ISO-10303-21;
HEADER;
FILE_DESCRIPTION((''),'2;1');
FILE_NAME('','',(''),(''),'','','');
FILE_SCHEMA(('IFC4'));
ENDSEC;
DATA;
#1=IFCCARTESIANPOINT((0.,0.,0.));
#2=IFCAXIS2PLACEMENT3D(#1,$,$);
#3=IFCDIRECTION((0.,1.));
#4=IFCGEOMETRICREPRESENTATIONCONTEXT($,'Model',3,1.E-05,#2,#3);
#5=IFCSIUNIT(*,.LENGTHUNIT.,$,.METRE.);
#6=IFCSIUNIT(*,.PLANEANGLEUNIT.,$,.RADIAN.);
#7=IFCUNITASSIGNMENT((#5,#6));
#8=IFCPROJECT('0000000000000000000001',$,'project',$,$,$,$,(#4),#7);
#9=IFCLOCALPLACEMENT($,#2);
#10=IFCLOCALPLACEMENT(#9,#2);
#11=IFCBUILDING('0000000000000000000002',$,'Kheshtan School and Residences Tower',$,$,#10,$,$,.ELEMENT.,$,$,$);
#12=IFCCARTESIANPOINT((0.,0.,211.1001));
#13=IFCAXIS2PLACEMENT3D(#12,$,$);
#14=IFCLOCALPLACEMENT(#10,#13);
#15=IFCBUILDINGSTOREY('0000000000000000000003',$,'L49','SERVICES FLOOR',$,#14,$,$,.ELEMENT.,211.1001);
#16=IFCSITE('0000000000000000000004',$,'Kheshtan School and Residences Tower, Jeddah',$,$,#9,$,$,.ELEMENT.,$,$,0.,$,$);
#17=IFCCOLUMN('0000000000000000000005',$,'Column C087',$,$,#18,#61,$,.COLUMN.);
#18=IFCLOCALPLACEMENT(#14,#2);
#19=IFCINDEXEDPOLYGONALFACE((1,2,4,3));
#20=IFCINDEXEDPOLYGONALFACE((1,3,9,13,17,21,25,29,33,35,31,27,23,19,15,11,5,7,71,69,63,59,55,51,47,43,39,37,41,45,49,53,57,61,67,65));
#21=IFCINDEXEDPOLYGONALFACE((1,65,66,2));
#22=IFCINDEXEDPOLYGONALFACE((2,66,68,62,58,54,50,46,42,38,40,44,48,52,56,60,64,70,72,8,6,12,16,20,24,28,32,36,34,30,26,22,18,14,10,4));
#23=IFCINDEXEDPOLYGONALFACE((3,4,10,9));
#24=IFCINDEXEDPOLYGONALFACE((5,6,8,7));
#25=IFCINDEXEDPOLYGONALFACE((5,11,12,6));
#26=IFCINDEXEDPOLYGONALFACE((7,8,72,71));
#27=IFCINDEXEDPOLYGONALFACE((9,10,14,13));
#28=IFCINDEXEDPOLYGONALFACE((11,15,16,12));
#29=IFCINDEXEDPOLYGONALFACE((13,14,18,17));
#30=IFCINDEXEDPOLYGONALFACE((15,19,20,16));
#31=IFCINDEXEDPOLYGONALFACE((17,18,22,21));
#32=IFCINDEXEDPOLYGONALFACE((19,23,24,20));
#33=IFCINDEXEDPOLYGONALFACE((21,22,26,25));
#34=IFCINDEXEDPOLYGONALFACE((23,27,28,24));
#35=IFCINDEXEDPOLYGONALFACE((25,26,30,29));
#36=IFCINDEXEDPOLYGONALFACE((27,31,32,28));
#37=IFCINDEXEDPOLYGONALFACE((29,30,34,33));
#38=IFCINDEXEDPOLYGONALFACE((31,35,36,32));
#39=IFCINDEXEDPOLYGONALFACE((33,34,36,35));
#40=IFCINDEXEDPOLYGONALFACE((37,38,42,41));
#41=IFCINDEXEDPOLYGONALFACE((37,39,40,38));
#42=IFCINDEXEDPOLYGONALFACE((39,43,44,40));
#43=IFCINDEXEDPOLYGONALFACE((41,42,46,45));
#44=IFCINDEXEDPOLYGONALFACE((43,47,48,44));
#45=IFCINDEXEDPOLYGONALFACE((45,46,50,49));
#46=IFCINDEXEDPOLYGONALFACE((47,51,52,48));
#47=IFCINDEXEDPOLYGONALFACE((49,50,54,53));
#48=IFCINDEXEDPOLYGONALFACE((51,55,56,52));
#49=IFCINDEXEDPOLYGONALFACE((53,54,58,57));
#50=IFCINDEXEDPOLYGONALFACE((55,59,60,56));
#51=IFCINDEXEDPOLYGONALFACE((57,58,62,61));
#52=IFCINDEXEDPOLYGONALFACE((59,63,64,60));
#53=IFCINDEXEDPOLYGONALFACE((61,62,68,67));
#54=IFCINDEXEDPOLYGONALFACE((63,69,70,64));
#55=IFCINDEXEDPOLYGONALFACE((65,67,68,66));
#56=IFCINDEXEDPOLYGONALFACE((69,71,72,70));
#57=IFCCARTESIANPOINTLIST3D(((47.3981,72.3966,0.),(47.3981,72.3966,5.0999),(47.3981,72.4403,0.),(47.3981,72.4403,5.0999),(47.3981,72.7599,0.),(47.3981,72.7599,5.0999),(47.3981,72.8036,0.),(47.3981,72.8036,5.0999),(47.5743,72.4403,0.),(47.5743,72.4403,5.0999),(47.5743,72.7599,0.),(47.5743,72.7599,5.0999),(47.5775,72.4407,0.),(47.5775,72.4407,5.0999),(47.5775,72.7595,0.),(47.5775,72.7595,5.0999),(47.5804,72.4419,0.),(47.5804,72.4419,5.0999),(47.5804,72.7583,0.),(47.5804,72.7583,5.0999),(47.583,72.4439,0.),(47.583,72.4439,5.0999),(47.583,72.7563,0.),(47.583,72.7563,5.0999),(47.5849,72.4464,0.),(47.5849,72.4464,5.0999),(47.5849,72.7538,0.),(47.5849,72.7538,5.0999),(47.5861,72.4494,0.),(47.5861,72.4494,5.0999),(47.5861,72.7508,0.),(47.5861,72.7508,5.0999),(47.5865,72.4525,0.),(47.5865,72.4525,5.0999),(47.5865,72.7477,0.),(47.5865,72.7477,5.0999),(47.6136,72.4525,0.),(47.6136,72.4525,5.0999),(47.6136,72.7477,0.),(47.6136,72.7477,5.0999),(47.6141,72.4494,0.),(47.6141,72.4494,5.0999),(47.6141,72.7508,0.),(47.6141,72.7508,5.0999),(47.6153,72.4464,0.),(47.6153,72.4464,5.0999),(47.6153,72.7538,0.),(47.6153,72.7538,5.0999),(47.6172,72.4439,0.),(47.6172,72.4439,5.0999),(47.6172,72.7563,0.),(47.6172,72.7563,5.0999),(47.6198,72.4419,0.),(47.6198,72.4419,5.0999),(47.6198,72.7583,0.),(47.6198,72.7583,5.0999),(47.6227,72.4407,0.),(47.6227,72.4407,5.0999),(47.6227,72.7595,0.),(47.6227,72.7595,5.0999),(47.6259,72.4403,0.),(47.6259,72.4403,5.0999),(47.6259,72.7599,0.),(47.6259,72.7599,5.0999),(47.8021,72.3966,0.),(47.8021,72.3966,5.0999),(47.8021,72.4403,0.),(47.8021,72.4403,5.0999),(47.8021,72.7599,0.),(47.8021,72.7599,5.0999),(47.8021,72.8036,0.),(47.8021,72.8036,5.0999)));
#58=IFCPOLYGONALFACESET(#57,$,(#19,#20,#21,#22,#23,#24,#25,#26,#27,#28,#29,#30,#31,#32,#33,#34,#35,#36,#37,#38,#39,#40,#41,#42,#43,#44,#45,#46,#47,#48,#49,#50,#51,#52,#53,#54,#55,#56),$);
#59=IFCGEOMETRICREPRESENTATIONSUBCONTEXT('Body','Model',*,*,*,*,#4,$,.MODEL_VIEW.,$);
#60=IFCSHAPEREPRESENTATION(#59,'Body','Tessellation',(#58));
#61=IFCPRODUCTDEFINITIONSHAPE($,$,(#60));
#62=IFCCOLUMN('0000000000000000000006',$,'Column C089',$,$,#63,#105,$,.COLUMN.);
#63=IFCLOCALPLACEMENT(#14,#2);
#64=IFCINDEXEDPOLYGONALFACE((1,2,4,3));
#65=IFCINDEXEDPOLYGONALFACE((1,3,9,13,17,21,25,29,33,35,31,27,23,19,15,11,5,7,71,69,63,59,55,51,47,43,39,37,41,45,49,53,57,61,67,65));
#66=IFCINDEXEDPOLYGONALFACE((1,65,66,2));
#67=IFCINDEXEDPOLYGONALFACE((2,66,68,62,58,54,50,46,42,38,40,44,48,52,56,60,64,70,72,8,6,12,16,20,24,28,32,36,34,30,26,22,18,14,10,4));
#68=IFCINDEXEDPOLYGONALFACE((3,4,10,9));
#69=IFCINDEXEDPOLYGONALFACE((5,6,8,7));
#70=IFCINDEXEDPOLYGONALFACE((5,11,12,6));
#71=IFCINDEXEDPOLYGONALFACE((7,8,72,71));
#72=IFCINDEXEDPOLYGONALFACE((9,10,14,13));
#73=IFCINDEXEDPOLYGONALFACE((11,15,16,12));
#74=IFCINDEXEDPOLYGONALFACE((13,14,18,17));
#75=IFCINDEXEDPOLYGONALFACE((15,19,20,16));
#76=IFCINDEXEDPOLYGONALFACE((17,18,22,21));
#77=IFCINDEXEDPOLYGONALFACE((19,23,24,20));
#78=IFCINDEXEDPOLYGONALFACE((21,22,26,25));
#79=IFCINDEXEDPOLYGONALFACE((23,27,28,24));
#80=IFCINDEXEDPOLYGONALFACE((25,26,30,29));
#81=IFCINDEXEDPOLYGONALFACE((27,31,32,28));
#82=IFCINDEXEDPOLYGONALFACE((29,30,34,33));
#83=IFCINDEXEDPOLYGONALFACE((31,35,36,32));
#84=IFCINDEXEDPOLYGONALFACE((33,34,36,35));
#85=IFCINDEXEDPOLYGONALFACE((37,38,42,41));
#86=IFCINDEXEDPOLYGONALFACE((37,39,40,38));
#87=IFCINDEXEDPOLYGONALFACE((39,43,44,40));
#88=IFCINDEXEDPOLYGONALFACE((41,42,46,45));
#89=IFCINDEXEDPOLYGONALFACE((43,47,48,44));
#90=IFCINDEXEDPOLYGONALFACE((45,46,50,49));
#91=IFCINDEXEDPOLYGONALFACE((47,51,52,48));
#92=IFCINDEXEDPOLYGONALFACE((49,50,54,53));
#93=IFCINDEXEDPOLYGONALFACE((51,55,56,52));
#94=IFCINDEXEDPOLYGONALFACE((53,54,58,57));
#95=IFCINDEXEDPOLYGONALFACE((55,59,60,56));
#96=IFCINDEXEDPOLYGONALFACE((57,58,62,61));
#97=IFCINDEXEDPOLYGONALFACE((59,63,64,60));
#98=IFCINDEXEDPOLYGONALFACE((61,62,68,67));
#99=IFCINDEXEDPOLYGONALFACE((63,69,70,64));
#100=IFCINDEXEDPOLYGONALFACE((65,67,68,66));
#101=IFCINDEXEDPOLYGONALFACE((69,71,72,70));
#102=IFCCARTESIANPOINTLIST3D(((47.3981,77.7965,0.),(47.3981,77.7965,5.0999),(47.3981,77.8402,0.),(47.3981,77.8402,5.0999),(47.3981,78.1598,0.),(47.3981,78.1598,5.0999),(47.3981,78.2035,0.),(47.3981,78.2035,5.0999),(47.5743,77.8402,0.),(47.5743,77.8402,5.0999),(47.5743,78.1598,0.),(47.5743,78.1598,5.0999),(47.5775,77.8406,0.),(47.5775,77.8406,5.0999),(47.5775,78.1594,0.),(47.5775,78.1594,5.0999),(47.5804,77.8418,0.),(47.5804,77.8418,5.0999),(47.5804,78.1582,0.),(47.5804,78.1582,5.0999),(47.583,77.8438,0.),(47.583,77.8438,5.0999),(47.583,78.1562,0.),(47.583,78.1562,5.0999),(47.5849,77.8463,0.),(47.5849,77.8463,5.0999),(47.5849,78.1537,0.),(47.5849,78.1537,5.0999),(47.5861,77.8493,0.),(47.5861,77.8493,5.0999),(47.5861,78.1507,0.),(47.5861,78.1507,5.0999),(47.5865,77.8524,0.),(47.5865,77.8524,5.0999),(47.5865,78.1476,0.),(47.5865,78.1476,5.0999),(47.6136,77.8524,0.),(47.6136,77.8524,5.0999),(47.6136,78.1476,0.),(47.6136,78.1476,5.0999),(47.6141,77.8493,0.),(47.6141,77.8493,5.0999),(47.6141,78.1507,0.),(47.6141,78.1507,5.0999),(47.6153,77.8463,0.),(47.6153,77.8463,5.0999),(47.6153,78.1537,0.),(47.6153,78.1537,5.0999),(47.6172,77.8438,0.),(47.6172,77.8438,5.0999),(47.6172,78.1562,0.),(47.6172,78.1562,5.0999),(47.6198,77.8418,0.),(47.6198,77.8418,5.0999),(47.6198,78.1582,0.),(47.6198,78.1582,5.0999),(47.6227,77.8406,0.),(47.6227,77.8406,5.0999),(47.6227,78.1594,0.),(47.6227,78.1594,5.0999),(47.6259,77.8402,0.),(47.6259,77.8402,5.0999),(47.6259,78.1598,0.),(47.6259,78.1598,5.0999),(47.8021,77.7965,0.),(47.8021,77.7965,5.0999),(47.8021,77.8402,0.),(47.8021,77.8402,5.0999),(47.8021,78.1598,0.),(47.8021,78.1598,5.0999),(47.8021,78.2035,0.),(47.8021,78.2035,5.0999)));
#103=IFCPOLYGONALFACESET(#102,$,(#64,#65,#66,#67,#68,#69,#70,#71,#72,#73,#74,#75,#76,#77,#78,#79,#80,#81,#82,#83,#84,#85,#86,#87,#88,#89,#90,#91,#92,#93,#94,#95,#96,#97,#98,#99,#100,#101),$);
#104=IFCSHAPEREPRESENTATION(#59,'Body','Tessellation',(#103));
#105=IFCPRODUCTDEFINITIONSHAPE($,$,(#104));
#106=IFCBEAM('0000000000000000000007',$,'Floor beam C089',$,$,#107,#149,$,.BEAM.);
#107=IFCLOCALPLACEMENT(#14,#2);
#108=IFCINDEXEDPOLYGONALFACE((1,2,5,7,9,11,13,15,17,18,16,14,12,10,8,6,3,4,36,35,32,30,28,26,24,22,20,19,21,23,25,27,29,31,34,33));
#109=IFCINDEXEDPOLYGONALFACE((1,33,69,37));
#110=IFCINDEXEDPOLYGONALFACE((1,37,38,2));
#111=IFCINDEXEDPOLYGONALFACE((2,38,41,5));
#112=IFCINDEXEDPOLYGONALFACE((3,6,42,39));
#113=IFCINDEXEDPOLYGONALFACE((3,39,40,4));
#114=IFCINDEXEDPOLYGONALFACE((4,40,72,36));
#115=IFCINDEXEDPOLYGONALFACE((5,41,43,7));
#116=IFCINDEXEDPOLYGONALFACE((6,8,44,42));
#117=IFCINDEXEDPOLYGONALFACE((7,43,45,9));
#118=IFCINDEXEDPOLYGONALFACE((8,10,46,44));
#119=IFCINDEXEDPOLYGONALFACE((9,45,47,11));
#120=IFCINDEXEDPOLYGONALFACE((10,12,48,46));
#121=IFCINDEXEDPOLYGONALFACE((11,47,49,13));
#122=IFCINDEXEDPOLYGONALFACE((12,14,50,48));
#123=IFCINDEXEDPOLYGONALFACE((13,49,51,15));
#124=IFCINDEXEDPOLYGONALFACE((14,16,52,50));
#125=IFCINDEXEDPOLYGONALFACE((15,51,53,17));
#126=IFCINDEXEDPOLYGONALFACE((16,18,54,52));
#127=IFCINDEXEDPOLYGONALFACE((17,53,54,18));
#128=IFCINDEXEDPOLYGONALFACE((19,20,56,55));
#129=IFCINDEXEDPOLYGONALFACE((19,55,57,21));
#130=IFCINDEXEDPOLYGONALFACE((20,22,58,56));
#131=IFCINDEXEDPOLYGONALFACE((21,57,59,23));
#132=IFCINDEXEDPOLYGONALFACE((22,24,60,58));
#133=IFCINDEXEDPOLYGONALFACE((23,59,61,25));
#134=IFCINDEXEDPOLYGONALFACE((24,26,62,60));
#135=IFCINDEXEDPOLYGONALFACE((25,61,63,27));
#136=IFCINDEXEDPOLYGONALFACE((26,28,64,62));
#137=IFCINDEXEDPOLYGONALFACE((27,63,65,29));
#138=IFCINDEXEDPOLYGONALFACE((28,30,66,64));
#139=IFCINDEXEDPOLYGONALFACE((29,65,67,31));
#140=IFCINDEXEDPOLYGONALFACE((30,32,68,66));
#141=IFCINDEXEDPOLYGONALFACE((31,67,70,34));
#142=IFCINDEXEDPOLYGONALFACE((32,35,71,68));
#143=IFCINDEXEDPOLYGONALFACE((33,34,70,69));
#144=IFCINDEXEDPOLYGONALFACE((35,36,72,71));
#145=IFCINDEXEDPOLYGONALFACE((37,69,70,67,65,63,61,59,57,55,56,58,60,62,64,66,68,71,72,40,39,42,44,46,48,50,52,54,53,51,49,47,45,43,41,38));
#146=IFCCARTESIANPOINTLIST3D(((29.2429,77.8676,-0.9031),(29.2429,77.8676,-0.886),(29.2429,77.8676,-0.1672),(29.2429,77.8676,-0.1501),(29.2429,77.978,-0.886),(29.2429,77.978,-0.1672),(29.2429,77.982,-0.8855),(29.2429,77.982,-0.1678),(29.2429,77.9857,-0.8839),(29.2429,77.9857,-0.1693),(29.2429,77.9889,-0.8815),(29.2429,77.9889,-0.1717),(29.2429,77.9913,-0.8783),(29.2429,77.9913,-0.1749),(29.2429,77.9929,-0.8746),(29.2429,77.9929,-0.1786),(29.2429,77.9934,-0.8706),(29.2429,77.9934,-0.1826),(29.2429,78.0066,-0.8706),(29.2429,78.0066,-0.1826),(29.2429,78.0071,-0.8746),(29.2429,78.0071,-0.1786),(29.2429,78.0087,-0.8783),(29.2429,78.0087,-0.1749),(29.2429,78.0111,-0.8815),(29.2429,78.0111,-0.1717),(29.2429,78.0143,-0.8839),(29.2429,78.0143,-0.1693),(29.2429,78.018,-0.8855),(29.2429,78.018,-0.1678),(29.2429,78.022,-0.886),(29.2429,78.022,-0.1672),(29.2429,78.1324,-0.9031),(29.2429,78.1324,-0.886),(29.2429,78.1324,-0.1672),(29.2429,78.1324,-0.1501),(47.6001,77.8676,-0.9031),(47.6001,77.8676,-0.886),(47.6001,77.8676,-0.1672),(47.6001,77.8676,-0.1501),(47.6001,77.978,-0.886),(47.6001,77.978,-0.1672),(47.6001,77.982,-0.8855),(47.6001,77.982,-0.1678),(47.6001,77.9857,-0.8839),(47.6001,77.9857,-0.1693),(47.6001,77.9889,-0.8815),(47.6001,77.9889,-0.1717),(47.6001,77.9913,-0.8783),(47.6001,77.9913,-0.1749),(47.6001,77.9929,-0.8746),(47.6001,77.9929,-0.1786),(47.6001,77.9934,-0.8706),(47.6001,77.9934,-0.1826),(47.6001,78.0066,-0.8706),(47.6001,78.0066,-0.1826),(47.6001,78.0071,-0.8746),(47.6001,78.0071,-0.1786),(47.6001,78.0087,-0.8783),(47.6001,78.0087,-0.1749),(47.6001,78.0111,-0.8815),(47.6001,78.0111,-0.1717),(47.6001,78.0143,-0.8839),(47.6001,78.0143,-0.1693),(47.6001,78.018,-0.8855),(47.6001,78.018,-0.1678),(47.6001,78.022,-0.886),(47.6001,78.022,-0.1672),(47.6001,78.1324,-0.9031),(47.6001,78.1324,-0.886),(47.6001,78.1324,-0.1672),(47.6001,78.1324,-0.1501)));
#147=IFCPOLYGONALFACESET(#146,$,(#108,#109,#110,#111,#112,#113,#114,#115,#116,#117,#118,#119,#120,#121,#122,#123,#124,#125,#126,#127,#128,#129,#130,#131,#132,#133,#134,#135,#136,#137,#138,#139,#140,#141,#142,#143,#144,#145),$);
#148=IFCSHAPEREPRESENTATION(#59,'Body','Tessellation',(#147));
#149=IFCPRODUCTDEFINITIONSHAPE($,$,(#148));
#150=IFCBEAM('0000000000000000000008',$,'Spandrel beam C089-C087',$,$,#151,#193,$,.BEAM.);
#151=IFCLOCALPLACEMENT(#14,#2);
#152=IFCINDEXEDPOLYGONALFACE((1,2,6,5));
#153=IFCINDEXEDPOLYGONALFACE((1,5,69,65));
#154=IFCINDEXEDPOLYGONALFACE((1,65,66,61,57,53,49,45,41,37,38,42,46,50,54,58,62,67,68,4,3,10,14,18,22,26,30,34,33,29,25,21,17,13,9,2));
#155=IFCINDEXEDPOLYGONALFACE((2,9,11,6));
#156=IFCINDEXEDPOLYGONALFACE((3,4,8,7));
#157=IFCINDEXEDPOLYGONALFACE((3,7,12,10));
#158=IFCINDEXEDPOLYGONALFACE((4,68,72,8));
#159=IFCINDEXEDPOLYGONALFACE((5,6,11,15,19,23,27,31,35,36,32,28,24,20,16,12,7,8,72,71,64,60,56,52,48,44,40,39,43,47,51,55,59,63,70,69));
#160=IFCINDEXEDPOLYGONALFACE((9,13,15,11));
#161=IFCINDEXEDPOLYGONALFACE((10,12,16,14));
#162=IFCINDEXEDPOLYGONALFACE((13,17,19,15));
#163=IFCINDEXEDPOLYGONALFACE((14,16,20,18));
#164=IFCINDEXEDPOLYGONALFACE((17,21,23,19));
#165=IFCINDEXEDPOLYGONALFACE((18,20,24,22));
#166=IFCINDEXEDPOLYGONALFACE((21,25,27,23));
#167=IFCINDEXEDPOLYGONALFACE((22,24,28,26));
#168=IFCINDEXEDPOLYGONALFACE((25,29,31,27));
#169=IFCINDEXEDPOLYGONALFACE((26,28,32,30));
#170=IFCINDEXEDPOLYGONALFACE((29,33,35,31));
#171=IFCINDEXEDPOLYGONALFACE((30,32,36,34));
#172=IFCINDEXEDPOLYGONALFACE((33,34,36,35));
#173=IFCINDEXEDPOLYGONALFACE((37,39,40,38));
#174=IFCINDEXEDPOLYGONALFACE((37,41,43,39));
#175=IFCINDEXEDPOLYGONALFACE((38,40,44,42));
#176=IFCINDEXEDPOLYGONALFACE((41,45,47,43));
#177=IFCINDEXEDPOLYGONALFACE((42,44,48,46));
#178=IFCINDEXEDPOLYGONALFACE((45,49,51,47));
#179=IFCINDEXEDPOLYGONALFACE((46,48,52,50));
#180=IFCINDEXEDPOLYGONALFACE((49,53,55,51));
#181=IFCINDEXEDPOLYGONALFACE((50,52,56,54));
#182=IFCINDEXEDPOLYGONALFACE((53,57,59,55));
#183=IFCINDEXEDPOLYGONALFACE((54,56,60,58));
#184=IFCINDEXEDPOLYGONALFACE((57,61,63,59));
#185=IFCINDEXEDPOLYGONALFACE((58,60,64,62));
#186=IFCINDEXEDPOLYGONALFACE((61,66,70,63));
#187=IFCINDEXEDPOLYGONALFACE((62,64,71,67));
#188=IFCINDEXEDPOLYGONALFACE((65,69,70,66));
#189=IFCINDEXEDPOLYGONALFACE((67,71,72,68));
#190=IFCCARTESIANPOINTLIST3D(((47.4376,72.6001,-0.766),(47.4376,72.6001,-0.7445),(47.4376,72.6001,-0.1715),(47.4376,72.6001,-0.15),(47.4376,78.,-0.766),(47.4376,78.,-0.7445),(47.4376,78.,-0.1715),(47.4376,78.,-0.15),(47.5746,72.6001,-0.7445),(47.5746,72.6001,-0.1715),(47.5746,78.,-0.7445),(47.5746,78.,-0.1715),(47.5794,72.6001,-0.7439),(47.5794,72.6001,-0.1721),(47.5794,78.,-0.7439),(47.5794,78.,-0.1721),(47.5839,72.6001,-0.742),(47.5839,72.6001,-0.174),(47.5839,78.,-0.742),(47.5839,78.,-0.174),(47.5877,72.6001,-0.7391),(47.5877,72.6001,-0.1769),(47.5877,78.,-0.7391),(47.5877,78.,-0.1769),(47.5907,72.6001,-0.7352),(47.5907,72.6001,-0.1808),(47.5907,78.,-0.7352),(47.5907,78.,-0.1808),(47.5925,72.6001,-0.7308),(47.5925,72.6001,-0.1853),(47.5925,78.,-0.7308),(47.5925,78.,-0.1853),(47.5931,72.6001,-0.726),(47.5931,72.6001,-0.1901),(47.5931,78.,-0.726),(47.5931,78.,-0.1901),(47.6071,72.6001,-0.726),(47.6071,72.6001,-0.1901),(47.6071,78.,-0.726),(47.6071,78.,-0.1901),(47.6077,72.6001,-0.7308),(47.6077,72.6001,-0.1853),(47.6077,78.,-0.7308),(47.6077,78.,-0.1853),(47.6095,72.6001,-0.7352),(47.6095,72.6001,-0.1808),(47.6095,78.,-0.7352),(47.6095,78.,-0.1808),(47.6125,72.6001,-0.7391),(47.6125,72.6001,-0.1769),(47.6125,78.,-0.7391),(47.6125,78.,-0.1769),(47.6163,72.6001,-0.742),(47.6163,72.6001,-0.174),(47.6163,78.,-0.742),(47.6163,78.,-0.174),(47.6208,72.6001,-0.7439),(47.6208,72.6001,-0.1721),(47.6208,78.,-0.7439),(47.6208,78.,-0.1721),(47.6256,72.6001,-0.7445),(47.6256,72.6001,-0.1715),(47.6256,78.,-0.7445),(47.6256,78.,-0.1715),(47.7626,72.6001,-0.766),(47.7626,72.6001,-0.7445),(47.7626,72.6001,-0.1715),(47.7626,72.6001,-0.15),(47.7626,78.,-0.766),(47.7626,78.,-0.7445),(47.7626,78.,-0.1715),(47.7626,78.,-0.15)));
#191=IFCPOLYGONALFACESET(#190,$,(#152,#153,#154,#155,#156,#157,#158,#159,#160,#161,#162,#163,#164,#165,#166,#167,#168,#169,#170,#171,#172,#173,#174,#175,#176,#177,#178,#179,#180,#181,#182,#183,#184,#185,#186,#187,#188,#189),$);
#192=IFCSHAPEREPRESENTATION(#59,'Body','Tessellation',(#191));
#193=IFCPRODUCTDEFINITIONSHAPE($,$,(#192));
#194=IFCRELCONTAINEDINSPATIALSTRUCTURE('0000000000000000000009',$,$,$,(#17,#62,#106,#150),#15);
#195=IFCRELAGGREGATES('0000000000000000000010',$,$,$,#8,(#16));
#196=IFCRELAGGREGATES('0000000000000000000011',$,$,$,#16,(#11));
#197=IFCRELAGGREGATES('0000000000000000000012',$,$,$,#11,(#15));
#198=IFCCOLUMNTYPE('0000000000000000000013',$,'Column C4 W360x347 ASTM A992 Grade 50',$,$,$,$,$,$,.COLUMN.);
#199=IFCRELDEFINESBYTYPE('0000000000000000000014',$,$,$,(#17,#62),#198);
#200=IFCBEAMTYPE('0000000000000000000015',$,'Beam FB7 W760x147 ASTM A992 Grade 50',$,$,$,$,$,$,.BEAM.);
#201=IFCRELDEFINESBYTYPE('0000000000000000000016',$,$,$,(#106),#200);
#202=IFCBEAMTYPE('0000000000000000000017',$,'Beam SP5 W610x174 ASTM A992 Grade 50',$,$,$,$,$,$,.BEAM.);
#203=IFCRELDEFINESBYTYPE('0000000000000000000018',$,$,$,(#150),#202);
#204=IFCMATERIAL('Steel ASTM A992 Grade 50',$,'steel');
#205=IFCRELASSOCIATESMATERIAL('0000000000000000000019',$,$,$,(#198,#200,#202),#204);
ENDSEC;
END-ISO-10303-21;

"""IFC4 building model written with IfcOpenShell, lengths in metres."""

from ifc_helpers import new_model, si_unit, direction, frame, origin, origin_2d, place, context, subcontext, project, spatial, i_section, extrude, material, material_profile, profile_set, type_object, element, save


model = new_model("IFC4")

# Units and contexts
model_context = context("Model", 3, precision=1e-05, world=origin(), true_north=direction((0.0, 1.0)))
body_context = subcontext(model_context, "Body", "Model", "MODEL_VIEW")
ifc_project = project(units=[si_unit("LENGTHUNIT", "METRE"), si_unit("PLANEANGLEUNIT", "RADIAN")], contexts=[model_context])

# Site, building, storey
site_placement = place(None, origin())
site = spatial("IfcSite", under=ifc_project, at=site_placement, Name="Kheshtan School and Residences Tower, Jeddah", CompositionType="ELEMENT", RefElevation=0.0)
building_placement = place(site_placement, origin())
building = spatial("IfcBuilding", under=site, at=building_placement, Name="Kheshtan School and Residences Tower", CompositionType="ELEMENT")
storey_placement = place(building_placement, frame((0.0, 0.0, 211.1001)))
storey = spatial("IfcBuildingStorey", under=building, at=storey_placement, Name="L49", Description="SERVICES FLOOR", CompositionType="ELEMENT", Elevation=211.1001)

# Columns
ifc_material_1 = material(Name="Steel ASTM A992 Grade 50", Category="steel")
ifc_material_profile_1 = material_profile(ifc_material_1, i_section(OverallWidth=0.4041, OverallDepth=0.407, WebThickness=0.0271, FlangeThickness=0.0437, FilletRadius=0.0122, at=origin_2d()), Name="W360x347")
ifc_profile_set_1 = profile_set([ifc_material_profile_1], Name="Steel ASTM A992 Grade 50")
column_type = type_object("IfcColumnType", Name="Column C4 W360x347 ASTM A992 Grade 50", PredefinedType="COLUMN", material=ifc_profile_set_1)
for number, where, z_axis, x_axis, name in (
    (1, (47.6001, 72.6001, 0.0), (0.0, 0.0, 1.0), (1.0, 0.0, 0.0), "Column C087"),
    (2, (47.6001, 78.0, 0.0), (0.0, 0.0, 1.0), (1.0, 0.0, 0.0), "Column C089"),
):
    element("IfcColumn", number, at=place(storey_placement, frame(where, z_axis=z_axis, x_axis=x_axis)), inside=storey, type_object=column_type, Name=name, PredefinedType="COLUMN", context=body_context, shape_type="SweptSolid", body=[
        extrude(i_section(OverallWidth=0.4041, OverallDepth=0.407, WebThickness=0.0271, FlangeThickness=0.0437, FilletRadius=0.0122, at=origin_2d()), origin(), (0.0, 0.0, 1.0), 5.0999),
    ])

# Beams
ifc_material_profile_2 = material_profile(ifc_material_1, i_section(OverallWidth=0.2649, OverallDepth=0.7529, WebThickness=0.0132, FlangeThickness=0.0171, FilletRadius=0.0154, at=origin_2d()), Name="W760x147")
ifc_profile_set_2 = profile_set([ifc_material_profile_2], Name="Steel ASTM A992 Grade 50")
beam_type_1 = type_object("IfcBeamType", Name="Beam FB7 W760x147 ASTM A992 Grade 50", PredefinedType="BEAM", material=ifc_profile_set_2)
beam_1_placement = place(storey_placement, frame((47.6001, 78.0, -0.5266), z_axis=(-1.0, 0.0, 0.0), x_axis=(0.0, -1.0, 0.0)))
element("IfcBeam", 3, at=beam_1_placement, inside=storey, type_object=beam_type_1, Name="Floor beam C089", PredefinedType="BEAM", context=body_context, shape_type="SweptSolid", body=[
    extrude(i_section(OverallWidth=0.2649, OverallDepth=0.7529, WebThickness=0.0132, FlangeThickness=0.0171, FilletRadius=0.0154, at=origin_2d()), origin(), (0.0, 0.0, 1.0), 18.3572),
])
ifc_material_profile_3 = material_profile(ifc_material_1, i_section(OverallWidth=0.325, OverallDepth=0.616, WebThickness=0.0139, FlangeThickness=0.0215, FilletRadius=0.0186, at=origin_2d()), Name="W610x174")
ifc_profile_set_3 = profile_set([ifc_material_profile_3], Name="Steel ASTM A992 Grade 50")
beam_type_2 = type_object("IfcBeamType", Name="Beam SP5 W610x174 ASTM A992 Grade 50", PredefinedType="BEAM", material=ifc_profile_set_3)
beam_2_placement = place(storey_placement, frame((47.6001, 78.0, -0.458), z_axis=(0.0, -1.0, 0.0), x_axis=(1.0, 0.0, 0.0)))
element("IfcBeam", 4, at=beam_2_placement, inside=storey, type_object=beam_type_2, Name="Spandrel beam C089-C087", PredefinedType="BEAM", context=body_context, shape_type="SweptSolid", body=[
    extrude(i_section(OverallWidth=0.325, OverallDepth=0.616, WebThickness=0.0139, FlangeThickness=0.0215, FilletRadius=0.0186, at=origin_2d()), origin(), (0.0, 0.0, 1.0), 5.3999),
])

save(model, "model.ifc")
